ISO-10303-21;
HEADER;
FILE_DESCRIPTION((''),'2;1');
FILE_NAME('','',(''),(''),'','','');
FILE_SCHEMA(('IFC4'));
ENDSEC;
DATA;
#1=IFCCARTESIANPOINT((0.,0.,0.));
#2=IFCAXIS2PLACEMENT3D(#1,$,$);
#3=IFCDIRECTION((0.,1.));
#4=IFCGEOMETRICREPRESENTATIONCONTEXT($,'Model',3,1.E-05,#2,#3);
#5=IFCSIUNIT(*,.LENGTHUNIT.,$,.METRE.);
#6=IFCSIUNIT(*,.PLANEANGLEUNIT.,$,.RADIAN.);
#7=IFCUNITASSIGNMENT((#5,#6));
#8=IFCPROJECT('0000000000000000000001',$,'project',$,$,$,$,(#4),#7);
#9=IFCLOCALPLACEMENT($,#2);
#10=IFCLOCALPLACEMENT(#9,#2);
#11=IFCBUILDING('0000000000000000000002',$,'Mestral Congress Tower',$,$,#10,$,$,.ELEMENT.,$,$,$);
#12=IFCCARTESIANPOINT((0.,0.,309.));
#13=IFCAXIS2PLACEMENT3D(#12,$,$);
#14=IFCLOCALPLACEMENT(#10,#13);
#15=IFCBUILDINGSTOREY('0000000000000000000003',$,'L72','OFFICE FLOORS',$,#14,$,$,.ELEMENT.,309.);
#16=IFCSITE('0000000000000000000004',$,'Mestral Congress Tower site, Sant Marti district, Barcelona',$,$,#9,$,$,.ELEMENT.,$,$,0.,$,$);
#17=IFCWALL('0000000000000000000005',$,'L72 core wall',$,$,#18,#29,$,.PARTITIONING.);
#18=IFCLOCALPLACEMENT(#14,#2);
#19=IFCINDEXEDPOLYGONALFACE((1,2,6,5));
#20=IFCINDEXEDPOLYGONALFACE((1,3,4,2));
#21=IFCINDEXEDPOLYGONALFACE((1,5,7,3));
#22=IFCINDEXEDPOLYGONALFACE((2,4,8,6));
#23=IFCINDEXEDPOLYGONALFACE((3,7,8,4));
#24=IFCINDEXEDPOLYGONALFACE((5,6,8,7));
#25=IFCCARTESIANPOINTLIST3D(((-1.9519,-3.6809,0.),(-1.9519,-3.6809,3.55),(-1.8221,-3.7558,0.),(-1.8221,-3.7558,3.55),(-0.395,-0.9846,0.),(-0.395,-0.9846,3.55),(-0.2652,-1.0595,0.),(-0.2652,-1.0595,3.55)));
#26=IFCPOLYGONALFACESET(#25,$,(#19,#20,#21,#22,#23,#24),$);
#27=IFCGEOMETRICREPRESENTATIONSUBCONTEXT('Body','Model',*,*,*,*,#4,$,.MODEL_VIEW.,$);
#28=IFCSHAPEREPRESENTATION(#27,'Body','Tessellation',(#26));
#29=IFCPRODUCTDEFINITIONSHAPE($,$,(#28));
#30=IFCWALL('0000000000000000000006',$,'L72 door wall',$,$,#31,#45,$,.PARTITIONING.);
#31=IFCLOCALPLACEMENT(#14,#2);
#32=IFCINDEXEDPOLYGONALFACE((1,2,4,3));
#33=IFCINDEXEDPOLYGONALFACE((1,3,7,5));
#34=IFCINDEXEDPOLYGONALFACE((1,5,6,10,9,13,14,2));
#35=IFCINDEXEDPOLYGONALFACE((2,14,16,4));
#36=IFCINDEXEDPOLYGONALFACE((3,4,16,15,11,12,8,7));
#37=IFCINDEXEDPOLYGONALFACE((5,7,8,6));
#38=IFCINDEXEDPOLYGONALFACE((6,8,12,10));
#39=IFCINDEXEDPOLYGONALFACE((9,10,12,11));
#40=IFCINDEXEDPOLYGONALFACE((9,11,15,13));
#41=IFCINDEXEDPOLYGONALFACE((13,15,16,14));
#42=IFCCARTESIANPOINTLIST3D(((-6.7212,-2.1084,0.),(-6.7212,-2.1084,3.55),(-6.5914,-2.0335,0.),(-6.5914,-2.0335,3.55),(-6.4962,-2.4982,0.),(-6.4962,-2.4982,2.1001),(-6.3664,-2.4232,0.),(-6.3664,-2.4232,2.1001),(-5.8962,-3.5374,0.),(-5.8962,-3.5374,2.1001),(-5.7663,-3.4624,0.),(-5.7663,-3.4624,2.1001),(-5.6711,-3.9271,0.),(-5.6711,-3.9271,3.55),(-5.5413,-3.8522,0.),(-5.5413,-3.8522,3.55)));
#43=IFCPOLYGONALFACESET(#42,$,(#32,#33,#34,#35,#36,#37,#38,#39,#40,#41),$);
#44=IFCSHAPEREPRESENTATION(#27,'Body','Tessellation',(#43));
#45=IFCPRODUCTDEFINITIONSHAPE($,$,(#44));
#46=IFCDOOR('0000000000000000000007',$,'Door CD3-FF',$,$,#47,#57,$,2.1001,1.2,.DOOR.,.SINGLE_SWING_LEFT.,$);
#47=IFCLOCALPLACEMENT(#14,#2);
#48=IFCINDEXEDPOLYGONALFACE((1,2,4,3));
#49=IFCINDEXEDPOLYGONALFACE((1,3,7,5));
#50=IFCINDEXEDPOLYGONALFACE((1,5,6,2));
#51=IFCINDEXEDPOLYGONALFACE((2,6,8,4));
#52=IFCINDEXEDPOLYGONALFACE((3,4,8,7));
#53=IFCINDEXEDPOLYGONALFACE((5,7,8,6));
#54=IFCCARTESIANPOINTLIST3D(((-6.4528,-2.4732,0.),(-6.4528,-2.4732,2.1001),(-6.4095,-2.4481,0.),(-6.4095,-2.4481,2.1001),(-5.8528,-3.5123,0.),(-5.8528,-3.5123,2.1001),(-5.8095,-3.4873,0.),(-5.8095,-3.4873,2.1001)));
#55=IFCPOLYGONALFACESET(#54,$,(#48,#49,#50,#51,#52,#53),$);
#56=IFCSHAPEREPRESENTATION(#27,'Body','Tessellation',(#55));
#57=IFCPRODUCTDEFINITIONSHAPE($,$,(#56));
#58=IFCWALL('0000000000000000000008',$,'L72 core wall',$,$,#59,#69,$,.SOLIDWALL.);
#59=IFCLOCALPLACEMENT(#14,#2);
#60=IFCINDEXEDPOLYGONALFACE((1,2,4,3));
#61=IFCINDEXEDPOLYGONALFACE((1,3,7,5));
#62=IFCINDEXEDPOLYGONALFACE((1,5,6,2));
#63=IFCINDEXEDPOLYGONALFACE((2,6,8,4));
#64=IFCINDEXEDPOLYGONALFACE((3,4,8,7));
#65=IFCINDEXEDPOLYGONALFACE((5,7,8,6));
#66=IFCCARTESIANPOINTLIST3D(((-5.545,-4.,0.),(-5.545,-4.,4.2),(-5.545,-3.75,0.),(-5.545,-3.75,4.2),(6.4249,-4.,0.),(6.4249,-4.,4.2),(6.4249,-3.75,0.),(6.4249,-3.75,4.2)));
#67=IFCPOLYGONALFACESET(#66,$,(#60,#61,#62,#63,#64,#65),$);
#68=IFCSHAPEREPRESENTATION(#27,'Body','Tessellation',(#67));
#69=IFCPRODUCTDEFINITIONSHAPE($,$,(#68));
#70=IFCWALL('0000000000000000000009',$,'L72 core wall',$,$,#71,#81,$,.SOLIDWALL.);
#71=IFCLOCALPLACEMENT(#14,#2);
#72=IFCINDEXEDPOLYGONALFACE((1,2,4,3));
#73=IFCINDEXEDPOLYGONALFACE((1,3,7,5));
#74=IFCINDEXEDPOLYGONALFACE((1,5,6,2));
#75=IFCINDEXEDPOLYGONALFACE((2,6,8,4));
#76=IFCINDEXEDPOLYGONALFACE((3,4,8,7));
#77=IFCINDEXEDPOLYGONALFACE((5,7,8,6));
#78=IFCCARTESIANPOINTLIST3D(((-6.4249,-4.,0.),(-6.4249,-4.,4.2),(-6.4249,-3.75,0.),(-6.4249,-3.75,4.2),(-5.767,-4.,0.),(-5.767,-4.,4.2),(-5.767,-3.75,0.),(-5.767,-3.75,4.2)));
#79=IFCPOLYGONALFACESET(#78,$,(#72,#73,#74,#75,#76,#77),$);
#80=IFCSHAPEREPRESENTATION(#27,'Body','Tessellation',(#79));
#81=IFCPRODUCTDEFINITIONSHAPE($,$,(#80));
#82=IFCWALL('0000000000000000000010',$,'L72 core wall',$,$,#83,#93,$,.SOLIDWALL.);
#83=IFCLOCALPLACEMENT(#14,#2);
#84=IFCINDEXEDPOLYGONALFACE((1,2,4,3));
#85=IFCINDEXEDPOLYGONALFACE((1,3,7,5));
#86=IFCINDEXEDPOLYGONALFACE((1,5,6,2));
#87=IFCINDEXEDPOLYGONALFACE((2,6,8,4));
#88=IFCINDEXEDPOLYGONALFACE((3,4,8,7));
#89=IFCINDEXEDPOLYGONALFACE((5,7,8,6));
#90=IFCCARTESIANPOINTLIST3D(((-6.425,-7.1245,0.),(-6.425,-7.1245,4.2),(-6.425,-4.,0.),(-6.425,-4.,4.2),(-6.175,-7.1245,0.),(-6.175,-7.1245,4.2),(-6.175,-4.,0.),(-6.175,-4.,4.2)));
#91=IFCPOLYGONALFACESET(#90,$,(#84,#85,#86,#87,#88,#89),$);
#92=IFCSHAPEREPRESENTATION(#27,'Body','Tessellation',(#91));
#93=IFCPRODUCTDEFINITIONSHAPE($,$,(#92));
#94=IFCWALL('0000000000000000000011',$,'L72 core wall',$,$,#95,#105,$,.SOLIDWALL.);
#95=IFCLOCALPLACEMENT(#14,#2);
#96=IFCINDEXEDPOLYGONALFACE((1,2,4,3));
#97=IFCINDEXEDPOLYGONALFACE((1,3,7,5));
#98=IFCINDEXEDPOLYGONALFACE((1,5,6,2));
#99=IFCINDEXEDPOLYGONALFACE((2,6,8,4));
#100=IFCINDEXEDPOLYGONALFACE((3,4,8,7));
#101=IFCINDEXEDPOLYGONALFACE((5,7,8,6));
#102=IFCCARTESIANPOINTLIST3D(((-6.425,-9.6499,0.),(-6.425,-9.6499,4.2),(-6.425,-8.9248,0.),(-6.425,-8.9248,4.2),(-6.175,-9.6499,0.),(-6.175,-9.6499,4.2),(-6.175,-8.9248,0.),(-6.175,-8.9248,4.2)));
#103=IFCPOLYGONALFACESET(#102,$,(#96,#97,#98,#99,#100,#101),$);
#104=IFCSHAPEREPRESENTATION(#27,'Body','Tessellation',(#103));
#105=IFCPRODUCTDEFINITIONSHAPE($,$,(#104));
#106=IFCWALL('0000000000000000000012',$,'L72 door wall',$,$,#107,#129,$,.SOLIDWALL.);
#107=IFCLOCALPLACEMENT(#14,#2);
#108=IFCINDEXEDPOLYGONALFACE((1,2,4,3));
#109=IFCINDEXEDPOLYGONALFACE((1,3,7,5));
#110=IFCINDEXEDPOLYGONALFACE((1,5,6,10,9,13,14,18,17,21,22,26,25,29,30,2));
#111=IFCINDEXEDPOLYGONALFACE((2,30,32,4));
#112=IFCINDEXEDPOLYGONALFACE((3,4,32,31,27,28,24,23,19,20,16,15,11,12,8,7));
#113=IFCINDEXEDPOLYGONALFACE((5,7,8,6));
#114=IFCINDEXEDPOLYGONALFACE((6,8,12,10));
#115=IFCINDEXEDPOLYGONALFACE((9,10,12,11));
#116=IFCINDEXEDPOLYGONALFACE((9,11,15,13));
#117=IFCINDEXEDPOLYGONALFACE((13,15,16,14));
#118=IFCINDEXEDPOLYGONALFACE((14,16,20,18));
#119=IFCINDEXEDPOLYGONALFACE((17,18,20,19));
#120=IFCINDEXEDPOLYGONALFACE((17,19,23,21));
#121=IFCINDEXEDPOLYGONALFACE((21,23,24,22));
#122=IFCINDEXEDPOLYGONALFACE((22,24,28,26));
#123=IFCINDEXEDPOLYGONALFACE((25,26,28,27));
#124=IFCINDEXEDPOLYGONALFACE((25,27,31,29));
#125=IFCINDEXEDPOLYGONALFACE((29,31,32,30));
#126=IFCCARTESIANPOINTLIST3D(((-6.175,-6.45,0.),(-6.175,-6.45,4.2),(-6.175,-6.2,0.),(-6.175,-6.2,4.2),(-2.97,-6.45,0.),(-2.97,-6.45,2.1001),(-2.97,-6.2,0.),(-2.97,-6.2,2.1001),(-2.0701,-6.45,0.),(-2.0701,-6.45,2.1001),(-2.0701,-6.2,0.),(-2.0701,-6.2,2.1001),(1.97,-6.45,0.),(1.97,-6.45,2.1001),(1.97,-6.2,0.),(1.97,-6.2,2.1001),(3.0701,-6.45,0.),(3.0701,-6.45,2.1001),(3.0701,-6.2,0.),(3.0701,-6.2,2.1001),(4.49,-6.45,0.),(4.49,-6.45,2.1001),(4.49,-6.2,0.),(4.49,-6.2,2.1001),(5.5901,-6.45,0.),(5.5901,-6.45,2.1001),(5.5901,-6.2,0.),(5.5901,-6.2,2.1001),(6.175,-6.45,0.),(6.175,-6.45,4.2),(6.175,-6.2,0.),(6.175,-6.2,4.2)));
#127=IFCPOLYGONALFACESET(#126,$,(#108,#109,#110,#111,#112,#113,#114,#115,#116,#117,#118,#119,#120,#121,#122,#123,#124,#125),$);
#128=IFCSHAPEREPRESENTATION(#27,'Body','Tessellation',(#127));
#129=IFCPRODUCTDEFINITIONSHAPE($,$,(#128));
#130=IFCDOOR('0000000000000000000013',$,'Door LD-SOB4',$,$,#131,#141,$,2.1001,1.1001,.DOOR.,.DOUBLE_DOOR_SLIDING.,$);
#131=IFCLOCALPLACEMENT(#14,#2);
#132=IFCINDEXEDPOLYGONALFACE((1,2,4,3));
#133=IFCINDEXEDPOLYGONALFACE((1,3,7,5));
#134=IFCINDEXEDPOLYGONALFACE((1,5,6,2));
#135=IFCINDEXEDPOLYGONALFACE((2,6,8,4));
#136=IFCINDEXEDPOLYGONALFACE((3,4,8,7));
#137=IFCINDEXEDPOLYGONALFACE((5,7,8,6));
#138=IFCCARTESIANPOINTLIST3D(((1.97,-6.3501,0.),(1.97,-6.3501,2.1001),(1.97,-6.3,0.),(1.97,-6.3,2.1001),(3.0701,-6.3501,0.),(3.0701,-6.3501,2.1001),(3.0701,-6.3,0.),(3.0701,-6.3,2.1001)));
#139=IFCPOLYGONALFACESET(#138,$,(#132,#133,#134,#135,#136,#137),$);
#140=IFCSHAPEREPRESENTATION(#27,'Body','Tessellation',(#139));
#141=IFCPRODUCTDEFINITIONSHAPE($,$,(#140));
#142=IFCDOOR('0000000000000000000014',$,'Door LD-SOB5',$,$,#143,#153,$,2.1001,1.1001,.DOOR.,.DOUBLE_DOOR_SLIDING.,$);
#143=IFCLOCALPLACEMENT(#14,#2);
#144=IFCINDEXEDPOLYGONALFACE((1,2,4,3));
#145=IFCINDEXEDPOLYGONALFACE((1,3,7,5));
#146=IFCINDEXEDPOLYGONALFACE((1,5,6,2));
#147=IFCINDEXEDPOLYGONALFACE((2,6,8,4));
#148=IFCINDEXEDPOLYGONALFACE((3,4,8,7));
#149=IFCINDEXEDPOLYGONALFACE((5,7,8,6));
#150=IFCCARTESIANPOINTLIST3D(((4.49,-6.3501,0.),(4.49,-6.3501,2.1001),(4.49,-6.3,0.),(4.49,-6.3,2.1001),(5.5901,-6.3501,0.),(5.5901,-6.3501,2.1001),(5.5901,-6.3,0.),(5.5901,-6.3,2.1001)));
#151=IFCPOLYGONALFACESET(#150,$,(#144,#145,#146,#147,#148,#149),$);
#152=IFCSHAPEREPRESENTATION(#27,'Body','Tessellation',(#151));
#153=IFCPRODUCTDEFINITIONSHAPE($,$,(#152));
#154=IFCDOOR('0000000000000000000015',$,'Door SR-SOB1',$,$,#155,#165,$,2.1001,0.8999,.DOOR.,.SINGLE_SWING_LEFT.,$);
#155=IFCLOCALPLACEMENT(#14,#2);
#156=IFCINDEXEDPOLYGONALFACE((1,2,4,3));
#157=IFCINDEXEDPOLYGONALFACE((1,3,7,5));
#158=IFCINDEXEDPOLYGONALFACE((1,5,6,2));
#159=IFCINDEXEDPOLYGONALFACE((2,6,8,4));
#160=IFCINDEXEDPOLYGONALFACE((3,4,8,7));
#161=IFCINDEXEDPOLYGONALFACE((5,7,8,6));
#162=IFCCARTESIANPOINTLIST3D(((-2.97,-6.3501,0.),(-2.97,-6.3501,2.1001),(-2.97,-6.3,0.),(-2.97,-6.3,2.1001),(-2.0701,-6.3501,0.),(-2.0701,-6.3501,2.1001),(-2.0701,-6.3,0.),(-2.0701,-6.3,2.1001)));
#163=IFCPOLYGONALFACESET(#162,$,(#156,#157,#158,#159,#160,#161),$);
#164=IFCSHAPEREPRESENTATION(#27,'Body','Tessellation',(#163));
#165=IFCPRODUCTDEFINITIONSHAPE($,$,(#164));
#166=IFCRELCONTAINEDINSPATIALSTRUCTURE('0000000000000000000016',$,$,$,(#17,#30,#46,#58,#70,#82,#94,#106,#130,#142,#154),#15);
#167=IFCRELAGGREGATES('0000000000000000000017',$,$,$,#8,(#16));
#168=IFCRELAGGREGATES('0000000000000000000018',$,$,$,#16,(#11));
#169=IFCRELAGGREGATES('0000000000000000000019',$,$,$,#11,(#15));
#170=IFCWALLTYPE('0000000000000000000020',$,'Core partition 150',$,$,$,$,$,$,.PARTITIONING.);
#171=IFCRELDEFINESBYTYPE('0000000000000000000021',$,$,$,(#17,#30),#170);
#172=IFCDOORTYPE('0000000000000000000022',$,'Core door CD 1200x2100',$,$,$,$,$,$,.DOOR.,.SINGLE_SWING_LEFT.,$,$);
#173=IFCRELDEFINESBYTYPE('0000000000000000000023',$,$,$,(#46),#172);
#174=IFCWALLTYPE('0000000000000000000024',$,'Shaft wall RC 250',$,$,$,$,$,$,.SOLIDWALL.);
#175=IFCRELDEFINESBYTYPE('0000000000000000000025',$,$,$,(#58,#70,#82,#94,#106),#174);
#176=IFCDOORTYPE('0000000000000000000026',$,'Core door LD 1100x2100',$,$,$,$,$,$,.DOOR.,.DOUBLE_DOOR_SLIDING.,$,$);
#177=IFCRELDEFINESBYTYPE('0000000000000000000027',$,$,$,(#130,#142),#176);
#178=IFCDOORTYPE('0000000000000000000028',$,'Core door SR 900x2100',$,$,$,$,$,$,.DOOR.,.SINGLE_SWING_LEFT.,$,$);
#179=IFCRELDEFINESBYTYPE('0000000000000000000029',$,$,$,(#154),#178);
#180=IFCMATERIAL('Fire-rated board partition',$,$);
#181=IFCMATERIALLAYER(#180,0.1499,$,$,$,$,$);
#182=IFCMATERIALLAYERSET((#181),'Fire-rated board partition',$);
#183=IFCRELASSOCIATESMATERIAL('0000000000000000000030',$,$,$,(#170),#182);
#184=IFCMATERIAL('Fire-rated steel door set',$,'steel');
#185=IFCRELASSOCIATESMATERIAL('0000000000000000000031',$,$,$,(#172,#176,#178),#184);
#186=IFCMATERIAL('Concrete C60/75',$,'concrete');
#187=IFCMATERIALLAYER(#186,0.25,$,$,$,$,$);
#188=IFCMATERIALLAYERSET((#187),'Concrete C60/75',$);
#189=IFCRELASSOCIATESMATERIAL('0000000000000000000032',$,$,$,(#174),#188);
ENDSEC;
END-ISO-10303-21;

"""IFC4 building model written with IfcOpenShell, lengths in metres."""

from ifc_helpers import new_model, si_unit, direction, frame, frame_2d, origin, place, context, subcontext, project, spatial, rectangle, extrude, material, layer, layer_set, type_object, element, fill, save


model = new_model("IFC4")

# Units and contexts
model_context = context("Model", 3, precision=1e-05, world=origin(), true_north=direction((0.0, 1.0)))
body_context = subcontext(model_context, "Body", "Model", "MODEL_VIEW")
ifc_project = project(units=[si_unit("LENGTHUNIT", "METRE"), si_unit("PLANEANGLEUNIT", "RADIAN")], contexts=[model_context])

# Site, building, storey
site_placement = place(None, origin())
site = spatial("IfcSite", under=ifc_project, at=site_placement, Name="Mestral Congress Tower site, Sant Marti district, Barcelona", CompositionType="ELEMENT", RefElevation=0.0)
building_placement = place(site_placement, origin())
building = spatial("IfcBuilding", under=site, at=building_placement, Name="Mestral Congress Tower", CompositionType="ELEMENT")
storey_placement = place(building_placement, frame((0.0, 0.0, 309.0)))
storey = spatial("IfcBuildingStorey", under=building, at=storey_placement, Name="L72", Description="OFFICE FLOORS", CompositionType="ELEMENT", Elevation=309.0)

# Wall
ifc_material_1 = material(Name="Fire-rated board partition")
ifc_layer_1 = layer(ifc_material_1, 0.1499)
ifc_layer_set_1 = layer_set([ifc_layer_1], Name="Fire-rated board partition")
wall_type_1 = type_object("IfcWallType", Name="Core partition 150", PredefinedType="PARTITIONING", material=ifc_layer_set_1)
wall_1_placement = place(storey_placement, frame((-1.887, -3.7183, 0.0), z_axis=(0.0, 0.0, 1.0), x_axis=(0.500044, 0.866, 0.0)))
element("IfcWall", 1, at=wall_1_placement, inside=storey, type_object=wall_type_1, Name="L72 core wall", PredefinedType="PARTITIONING", context=body_context, shape_type="SweptSolid", body=[
    extrude(rectangle(XDim=3.1135, YDim=0.1499, at=frame_2d((1.5566, 0.0))), origin(), (0.0, 0.0, 1.0), 3.55),
])

# Wall, opening, door
wall_2_placement = place(storey_placement, frame((-5.6062, -3.8896, 0.0), z_axis=(0.0, 0.0, 1.0), x_axis=(-0.500028, 0.866009, 0.0)))
wall_2 = element("IfcWall", 2, at=wall_2_placement, inside=storey, type_object=wall_type_1, Name="L72 door wall", PredefinedType="PARTITIONING", context=body_context, shape_type="SweptSolid", body=[
    extrude(rectangle(XDim=2.1001, YDim=0.1499, at=frame_2d((1.05, 0.0))), origin(), (0.0, 0.0, 1.0), 3.55),
])
opening_1_placement = place(wall_2_placement, frame((0.45, 0.0, 0.0)))
opening_1 = element("IfcOpeningElement", 3, at=opening_1_placement, cuts=wall_2, PredefinedType="OPENING", context=body_context, shape_type="SweptSolid", body=[
    extrude(rectangle(XDim=1.2, YDim=2.1001, at=frame_2d((0.6001, 1.05))), frame((0.0, 0.085, 0.0), z_axis=(0.0, -1.0, 0.0), x_axis=(1.0, 0.0, 0.0)), (0.0, 0.0, 1.0), 0.1699),
])
ifc_material_2 = material(Name="Fire-rated steel door set", Category="steel")
door_type_1 = type_object("IfcDoorType", Name="Core door CD 1200x2100", OperationType="SINGLE_SWING_LEFT", PredefinedType="DOOR", material=ifc_material_2)
door_1_placement = place(opening_1_placement, origin())
door_1 = element("IfcDoor", 4, at=door_1_placement, inside=storey, type_object=door_type_1, Name="Door CD3-FF", OperationType="SINGLE_SWING_LEFT", OverallHeight=2.1001, OverallWidth=1.2, PredefinedType="DOOR", context=body_context, shape_type="SweptSolid", body=[
    extrude(rectangle(XDim=1.2, YDim=2.1001, at=frame_2d((0.6001, 1.05))), frame((0.0, 0.0249, 0.0), z_axis=(0.0, -1.0, 0.0), x_axis=(1.0, 0.0, 0.0)), (0.0, 0.0, 1.0), 0.05),
])
fill(opening_1, door_1)

# Walls
ifc_material_3 = material(Name="Concrete C60/75", Category="concrete")
ifc_layer_2 = layer(ifc_material_3, 0.25)
ifc_layer_set_2 = layer_set([ifc_layer_2], Name="Concrete C60/75")
wall_type_2 = type_object("IfcWallType", Name="Shaft wall RC 250", PredefinedType="SOLIDWALL", material=ifc_layer_set_2)
wall_3_placement = place(storey_placement, frame((-5.5449, -3.875, 0.0), z_axis=(0.0, 0.0, 1.0), x_axis=(1.0, 0.0, 0.0)))
element("IfcWall", 5, at=wall_3_placement, inside=storey, type_object=wall_type_2, Name="L72 core wall", PredefinedType="SOLIDWALL", context=body_context, shape_type="SweptSolid", body=[
    extrude(rectangle(XDim=11.97, YDim=0.25, at=frame_2d((5.9849, 0.0))), origin(), (0.0, 0.0, 1.0), 4.2),
])
wall_4_placement = place(storey_placement, frame((-6.425, -3.875, 0.0), z_axis=(0.0, 0.0, 1.0), x_axis=(1.0, 0.0, 0.0)))
element("IfcWall", 6, at=wall_4_placement, inside=storey, type_object=wall_type_2, Name="L72 core wall", PredefinedType="SOLIDWALL", context=body_context, shape_type="SweptSolid", body=[
    extrude(rectangle(XDim=0.658, YDim=0.25, at=frame_2d((0.3291, 0.0))), origin(), (0.0, 0.0, 1.0), 4.2),
])
wall_5_placement = place(storey_placement, frame((-6.3, -7.1245, 0.0), z_axis=(0.0, 0.0, 1.0), x_axis=(0.0, 1.0, 0.0)))
element("IfcWall", 7, at=wall_5_placement, inside=storey, type_object=wall_type_2, Name="L72 core wall", PredefinedType="SOLIDWALL", context=body_context, shape_type="SweptSolid", body=[
    extrude(rectangle(XDim=3.1245, YDim=0.25, at=frame_2d((1.5623, 0.0))), origin(), (0.0, 0.0, 1.0), 4.2),
])
wall_6_placement = place(storey_placement, frame((-6.3, -8.9248, 0.0), z_axis=(0.0, 0.0, 1.0), x_axis=(0.0, -1.0, 0.0)))
element("IfcWall", 8, at=wall_6_placement, inside=storey, type_object=wall_type_2, Name="L72 core wall", PredefinedType="SOLIDWALL", context=body_context, shape_type="SweptSolid", body=[
    extrude(rectangle(XDim=0.7251, YDim=0.25, at=frame_2d((0.3625, 0.0))), origin(), (0.0, 0.0, 1.0), 4.2),
])

# Wall, openings, doors
wall_7_placement = place(storey_placement, frame((-6.175, -6.325, 0.0), z_axis=(0.0, 0.0, 1.0), x_axis=(1.0, 0.0, 0.0)))
wall_7 = element("IfcWall", 9, at=wall_7_placement, inside=storey, type_object=wall_type_2, Name="L72 door wall", PredefinedType="SOLIDWALL", context=body_context, shape_type="SweptSolid", body=[
    extrude(rectangle(XDim=12.3501, YDim=0.25, at=frame_2d((6.175, 0.0))), origin(), (0.0, 0.0, 1.0), 4.2),
])
opening_2_placement = place(wall_7_placement, frame((3.2051, 0.0, 0.0)))
opening_2 = element("IfcOpeningElement", 10, at=opening_2_placement, cuts=wall_7, PredefinedType="OPENING", context=body_context, shape_type="SweptSolid", body=[
    extrude(rectangle(XDim=0.8999, YDim=2.1001, at=frame_2d((0.45, 1.05))), frame((0.0, 0.135, 0.0), z_axis=(0.0, -1.0, 0.0), x_axis=(1.0, 0.0, 0.0)), (0.0, 0.0, 1.0), 0.27),
])
opening_3_placement = place(wall_7_placement, frame((8.145, 0.0, 0.0)))
opening_3 = element("IfcOpeningElement", 11, at=opening_3_placement, cuts=wall_7, PredefinedType="OPENING", context=body_context, shape_type="SweptSolid", body=[
    extrude(rectangle(XDim=1.1001, YDim=2.1001, at=frame_2d((0.55, 1.05))), frame((0.0, 0.135, 0.0), z_axis=(0.0, -1.0, 0.0), x_axis=(1.0, 0.0, 0.0)), (0.0, 0.0, 1.0), 0.27),
])
opening_4_placement = place(wall_7_placement, frame((10.665, 0.0, 0.0)))
opening_4 = element("IfcOpeningElement", 12, at=opening_4_placement, cuts=wall_7, PredefinedType="OPENING", context=body_context, shape_type="SweptSolid", body=[
    extrude(rectangle(XDim=1.1001, YDim=2.1001, at=frame_2d((0.55, 1.05))), frame((0.0, 0.135, 0.0), z_axis=(0.0, -1.0, 0.0), x_axis=(1.0, 0.0, 0.0)), (0.0, 0.0, 1.0), 0.27),
])
door_type_2 = type_object("IfcDoorType", Name="Core door LD 1100x2100", OperationType="DOUBLE_DOOR_SLIDING", PredefinedType="DOOR", material=ifc_material_2)
door_2_placement = place(opening_3_placement, origin())
door_2 = element("IfcDoor", 13, at=door_2_placement, inside=storey, type_object=door_type_2, Name="Door LD-SOB4", OperationType="DOUBLE_DOOR_SLIDING", OverallHeight=2.1001, OverallWidth=1.1001, PredefinedType="DOOR", context=body_context, shape_type="SweptSolid", body=[
    extrude(rectangle(XDim=1.1001, YDim=2.1001, at=frame_2d((0.55, 1.05))), frame((0.0, 0.0249, 0.0), z_axis=(0.0, -1.0, 0.0), x_axis=(1.0, 0.0, 0.0)), (0.0, 0.0, 1.0), 0.05),
])
fill(opening_3, door_2)
door_3_placement = place(opening_4_placement, origin())
door_3 = element("IfcDoor", 14, at=door_3_placement, inside=storey, type_object=door_type_2, Name="Door LD-SOB5", OperationType="DOUBLE_DOOR_SLIDING", OverallHeight=2.1001, OverallWidth=1.1001, PredefinedType="DOOR", context=body_context, shape_type="SweptSolid", body=[
    extrude(rectangle(XDim=1.1001, YDim=2.1001, at=frame_2d((0.55, 1.05))), frame((0.0, 0.0249, 0.0), z_axis=(0.0, -1.0, 0.0), x_axis=(1.0, 0.0, 0.0)), (0.0, 0.0, 1.0), 0.05),
])
fill(opening_4, door_3)
door_type_3 = type_object("IfcDoorType", Name="Core door SR 900x2100", OperationType="SINGLE_SWING_LEFT", PredefinedType="DOOR", material=ifc_material_2)
door_4_placement = place(opening_2_placement, origin())
door_4 = element("IfcDoor", 15, at=door_4_placement, inside=storey, type_object=door_type_3, Name="Door SR-SOB1", OperationType="SINGLE_SWING_LEFT", OverallHeight=2.1001, OverallWidth=0.8999, PredefinedType="DOOR", context=body_context, shape_type="SweptSolid", body=[
    extrude(rectangle(XDim=0.8999, YDim=2.1001, at=frame_2d((0.45, 1.05))), frame((0.0, 0.0249, 0.0), z_axis=(0.0, -1.0, 0.0), x_axis=(1.0, 0.0, 0.0)), (0.0, 0.0, 1.0), 0.05),
])
fill(opening_2, door_4)

save(model, "model.ifc")
